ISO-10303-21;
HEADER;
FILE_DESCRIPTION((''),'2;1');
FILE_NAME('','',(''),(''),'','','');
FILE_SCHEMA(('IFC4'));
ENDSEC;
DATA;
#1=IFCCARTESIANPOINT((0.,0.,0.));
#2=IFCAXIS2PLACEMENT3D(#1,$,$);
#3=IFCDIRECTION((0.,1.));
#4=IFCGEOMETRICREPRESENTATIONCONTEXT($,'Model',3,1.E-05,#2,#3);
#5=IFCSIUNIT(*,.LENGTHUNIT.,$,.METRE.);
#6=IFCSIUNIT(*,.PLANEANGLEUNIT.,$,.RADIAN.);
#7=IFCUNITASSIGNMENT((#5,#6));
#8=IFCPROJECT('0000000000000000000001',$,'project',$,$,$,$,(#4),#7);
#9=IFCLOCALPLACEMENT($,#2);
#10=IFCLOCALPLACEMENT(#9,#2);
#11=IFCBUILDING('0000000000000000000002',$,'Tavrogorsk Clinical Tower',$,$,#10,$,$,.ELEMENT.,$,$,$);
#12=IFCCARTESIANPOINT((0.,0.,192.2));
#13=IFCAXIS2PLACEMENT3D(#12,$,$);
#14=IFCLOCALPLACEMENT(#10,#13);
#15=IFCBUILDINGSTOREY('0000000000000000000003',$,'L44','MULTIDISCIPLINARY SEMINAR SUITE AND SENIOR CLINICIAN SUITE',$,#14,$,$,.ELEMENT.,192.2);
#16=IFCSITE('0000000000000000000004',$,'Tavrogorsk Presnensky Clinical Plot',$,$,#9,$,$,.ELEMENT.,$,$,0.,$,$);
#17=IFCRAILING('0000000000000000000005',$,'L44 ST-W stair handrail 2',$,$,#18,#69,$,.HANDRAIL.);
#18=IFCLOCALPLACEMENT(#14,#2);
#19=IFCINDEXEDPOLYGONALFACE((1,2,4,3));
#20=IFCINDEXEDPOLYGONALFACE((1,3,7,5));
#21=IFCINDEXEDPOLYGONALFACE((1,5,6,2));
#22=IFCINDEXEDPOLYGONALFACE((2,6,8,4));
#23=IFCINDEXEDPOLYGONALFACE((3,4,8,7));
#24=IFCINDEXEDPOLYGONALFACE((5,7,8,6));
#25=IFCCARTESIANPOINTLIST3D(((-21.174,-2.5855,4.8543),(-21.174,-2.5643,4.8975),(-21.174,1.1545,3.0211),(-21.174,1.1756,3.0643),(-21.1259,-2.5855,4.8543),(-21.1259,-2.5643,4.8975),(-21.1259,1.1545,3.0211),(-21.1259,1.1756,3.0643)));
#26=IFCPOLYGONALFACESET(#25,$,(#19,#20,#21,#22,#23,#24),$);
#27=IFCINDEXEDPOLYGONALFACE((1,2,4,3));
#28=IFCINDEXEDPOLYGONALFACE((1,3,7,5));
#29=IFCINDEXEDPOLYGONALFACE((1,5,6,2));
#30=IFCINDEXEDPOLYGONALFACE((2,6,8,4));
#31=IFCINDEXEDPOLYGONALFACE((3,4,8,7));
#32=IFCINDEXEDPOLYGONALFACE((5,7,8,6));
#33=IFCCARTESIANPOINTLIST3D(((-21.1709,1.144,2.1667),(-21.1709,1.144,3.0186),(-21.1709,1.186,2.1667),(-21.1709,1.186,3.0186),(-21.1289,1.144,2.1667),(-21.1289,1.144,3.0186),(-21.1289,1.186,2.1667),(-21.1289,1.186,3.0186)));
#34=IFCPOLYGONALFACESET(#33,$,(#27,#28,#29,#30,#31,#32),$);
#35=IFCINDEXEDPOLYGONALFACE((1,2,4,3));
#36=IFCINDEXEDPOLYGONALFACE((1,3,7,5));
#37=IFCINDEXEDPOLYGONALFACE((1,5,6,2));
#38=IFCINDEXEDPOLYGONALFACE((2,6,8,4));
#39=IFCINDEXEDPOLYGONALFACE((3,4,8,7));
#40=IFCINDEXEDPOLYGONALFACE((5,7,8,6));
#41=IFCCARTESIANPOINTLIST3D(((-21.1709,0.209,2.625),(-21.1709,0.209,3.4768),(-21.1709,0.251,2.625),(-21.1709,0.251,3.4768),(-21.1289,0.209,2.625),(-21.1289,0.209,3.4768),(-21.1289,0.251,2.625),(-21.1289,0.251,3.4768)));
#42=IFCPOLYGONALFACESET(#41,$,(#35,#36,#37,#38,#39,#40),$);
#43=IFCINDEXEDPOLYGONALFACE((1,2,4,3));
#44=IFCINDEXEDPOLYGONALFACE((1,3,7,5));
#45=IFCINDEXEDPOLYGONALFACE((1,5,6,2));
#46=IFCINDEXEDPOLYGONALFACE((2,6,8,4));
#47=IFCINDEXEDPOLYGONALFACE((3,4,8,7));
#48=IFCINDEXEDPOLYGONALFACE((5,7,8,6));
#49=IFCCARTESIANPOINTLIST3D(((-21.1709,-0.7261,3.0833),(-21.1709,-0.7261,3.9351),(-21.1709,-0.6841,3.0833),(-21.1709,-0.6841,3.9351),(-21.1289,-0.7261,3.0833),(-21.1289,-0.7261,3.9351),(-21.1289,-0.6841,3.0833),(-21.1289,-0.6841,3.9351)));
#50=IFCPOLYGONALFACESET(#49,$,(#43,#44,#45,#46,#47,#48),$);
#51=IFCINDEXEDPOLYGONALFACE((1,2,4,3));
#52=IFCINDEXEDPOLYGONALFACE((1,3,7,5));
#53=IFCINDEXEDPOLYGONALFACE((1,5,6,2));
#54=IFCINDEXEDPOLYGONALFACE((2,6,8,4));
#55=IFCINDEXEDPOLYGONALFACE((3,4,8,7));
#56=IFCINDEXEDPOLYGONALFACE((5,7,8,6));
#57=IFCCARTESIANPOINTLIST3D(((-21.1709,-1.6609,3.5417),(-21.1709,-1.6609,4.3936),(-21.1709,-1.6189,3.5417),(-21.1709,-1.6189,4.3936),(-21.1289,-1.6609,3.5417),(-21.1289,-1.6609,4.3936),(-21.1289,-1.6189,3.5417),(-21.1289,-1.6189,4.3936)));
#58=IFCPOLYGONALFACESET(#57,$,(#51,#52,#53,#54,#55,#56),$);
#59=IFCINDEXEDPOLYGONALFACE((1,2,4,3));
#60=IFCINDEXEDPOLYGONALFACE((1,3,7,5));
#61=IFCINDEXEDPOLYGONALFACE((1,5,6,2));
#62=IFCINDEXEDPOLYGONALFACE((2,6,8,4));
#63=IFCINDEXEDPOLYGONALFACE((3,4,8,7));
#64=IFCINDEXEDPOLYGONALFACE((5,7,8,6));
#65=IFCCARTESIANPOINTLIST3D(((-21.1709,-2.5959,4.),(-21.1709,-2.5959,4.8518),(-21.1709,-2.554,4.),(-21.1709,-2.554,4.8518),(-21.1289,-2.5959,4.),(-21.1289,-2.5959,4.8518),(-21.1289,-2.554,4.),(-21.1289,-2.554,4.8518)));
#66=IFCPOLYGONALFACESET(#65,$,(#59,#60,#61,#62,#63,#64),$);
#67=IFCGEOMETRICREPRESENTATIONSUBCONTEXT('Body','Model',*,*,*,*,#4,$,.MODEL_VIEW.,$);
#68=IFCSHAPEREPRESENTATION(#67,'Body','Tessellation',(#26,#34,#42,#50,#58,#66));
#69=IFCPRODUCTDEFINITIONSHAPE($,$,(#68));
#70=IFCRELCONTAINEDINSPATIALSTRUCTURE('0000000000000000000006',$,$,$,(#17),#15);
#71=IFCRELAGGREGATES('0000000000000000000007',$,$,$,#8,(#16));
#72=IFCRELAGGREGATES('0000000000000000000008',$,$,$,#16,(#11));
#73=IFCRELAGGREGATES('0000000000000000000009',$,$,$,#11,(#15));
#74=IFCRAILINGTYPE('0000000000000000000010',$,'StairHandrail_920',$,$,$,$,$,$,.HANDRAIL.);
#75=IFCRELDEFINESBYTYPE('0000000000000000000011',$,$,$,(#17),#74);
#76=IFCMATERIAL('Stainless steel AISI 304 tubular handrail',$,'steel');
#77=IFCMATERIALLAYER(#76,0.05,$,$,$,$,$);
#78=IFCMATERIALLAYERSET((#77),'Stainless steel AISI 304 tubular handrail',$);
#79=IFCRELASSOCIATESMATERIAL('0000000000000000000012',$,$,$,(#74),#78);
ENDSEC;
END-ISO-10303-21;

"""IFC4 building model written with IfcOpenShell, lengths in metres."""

from ifc_helpers import new_model, si_unit, direction, frame, origin, origin_2d, place, context, subcontext, project, spatial, rectangle, extrude, material, layer, layer_set, type_object, element, save


model = new_model("IFC4")

# Units and contexts
model_context = context("Model", 3, precision=1e-05, world=origin(), true_north=direction((0.0, 1.0)))
body_context = subcontext(model_context, "Body", "Model", "MODEL_VIEW")
ifc_project = project(units=[si_unit("LENGTHUNIT", "METRE"), si_unit("PLANEANGLEUNIT", "RADIAN")], contexts=[model_context])

# Site, building, storey
site_placement = place(None, origin())
site = spatial("IfcSite", under=ifc_project, at=site_placement, Name="Tavrogorsk Presnensky Clinical Plot", CompositionType="ELEMENT", RefElevation=0.0)
building_placement = place(site_placement, origin())
building = spatial("IfcBuilding", under=site, at=building_placement, Name="Tavrogorsk Clinical Tower", CompositionType="ELEMENT")
storey_placement = place(building_placement, frame((0.0, 0.0, 192.2)))
storey = spatial("IfcBuildingStorey", under=building, at=storey_placement, Name="L44", Description="MULTIDISCIPLINARY SEMINAR SUITE AND SENIOR CLINICIAN SUITE", CompositionType="ELEMENT", Elevation=192.2)

# Railing
ifc_material_1 = material(Name="Stainless steel AISI 304 tubular handrail", Category="steel")
ifc_layer_1 = layer(ifc_material_1, 0.05)
ifc_layer_set_1 = layer_set([ifc_layer_1], Name="Stainless steel AISI 304 tubular handrail")
railing_type_1 = type_object("IfcRailingType", Name="StairHandrail_920", PredefinedType="HANDRAIL", material=ifc_layer_set_1)
railing_1_placement = place(storey_placement, frame((-21.1499, 1.165, 2.1667)))
element("IfcRailing", 1, at=railing_1_placement, inside=storey, type_object=railing_type_1, Name="L44 ST-W stair handrail 2", PredefinedType="HANDRAIL", context=body_context, shape_type="SweptSolid", body=[
    extrude(rectangle(XDim=0.0481, YDim=0.0481, at=origin_2d()), frame((0.0, 0.0, 0.876), z_axis=(0.0, -0.897928, 0.440142), x_axis=(1.0, 0.0, 0.0)), (0.0, 0.0, 1.0), 4.165),
    extrude(rectangle(XDim=0.042, YDim=0.042, at=origin_2d()), origin(), (0.0, 0.0, 1.0), 0.8518),
    extrude(rectangle(XDim=0.042, YDim=0.042, at=origin_2d()), frame((0.0, -0.9351, 0.4583)), (0.0, 0.0, 1.0), 0.8518),
    extrude(rectangle(XDim=0.042, YDim=0.042, at=origin_2d()), frame((0.0, -1.8701, 0.9165)), (0.0, 0.0, 1.0), 0.8518),
    extrude(rectangle(XDim=0.042, YDim=0.042, at=origin_2d()), frame((0.0, -2.8049, 1.375)), (0.0, 0.0, 1.0), 0.8518),
    extrude(rectangle(XDim=0.042, YDim=0.042, at=origin_2d()), frame((0.0, -3.74, 1.8333)), (0.0, 0.0, 1.0), 0.8518),
])

save(model, "model.ifc")
